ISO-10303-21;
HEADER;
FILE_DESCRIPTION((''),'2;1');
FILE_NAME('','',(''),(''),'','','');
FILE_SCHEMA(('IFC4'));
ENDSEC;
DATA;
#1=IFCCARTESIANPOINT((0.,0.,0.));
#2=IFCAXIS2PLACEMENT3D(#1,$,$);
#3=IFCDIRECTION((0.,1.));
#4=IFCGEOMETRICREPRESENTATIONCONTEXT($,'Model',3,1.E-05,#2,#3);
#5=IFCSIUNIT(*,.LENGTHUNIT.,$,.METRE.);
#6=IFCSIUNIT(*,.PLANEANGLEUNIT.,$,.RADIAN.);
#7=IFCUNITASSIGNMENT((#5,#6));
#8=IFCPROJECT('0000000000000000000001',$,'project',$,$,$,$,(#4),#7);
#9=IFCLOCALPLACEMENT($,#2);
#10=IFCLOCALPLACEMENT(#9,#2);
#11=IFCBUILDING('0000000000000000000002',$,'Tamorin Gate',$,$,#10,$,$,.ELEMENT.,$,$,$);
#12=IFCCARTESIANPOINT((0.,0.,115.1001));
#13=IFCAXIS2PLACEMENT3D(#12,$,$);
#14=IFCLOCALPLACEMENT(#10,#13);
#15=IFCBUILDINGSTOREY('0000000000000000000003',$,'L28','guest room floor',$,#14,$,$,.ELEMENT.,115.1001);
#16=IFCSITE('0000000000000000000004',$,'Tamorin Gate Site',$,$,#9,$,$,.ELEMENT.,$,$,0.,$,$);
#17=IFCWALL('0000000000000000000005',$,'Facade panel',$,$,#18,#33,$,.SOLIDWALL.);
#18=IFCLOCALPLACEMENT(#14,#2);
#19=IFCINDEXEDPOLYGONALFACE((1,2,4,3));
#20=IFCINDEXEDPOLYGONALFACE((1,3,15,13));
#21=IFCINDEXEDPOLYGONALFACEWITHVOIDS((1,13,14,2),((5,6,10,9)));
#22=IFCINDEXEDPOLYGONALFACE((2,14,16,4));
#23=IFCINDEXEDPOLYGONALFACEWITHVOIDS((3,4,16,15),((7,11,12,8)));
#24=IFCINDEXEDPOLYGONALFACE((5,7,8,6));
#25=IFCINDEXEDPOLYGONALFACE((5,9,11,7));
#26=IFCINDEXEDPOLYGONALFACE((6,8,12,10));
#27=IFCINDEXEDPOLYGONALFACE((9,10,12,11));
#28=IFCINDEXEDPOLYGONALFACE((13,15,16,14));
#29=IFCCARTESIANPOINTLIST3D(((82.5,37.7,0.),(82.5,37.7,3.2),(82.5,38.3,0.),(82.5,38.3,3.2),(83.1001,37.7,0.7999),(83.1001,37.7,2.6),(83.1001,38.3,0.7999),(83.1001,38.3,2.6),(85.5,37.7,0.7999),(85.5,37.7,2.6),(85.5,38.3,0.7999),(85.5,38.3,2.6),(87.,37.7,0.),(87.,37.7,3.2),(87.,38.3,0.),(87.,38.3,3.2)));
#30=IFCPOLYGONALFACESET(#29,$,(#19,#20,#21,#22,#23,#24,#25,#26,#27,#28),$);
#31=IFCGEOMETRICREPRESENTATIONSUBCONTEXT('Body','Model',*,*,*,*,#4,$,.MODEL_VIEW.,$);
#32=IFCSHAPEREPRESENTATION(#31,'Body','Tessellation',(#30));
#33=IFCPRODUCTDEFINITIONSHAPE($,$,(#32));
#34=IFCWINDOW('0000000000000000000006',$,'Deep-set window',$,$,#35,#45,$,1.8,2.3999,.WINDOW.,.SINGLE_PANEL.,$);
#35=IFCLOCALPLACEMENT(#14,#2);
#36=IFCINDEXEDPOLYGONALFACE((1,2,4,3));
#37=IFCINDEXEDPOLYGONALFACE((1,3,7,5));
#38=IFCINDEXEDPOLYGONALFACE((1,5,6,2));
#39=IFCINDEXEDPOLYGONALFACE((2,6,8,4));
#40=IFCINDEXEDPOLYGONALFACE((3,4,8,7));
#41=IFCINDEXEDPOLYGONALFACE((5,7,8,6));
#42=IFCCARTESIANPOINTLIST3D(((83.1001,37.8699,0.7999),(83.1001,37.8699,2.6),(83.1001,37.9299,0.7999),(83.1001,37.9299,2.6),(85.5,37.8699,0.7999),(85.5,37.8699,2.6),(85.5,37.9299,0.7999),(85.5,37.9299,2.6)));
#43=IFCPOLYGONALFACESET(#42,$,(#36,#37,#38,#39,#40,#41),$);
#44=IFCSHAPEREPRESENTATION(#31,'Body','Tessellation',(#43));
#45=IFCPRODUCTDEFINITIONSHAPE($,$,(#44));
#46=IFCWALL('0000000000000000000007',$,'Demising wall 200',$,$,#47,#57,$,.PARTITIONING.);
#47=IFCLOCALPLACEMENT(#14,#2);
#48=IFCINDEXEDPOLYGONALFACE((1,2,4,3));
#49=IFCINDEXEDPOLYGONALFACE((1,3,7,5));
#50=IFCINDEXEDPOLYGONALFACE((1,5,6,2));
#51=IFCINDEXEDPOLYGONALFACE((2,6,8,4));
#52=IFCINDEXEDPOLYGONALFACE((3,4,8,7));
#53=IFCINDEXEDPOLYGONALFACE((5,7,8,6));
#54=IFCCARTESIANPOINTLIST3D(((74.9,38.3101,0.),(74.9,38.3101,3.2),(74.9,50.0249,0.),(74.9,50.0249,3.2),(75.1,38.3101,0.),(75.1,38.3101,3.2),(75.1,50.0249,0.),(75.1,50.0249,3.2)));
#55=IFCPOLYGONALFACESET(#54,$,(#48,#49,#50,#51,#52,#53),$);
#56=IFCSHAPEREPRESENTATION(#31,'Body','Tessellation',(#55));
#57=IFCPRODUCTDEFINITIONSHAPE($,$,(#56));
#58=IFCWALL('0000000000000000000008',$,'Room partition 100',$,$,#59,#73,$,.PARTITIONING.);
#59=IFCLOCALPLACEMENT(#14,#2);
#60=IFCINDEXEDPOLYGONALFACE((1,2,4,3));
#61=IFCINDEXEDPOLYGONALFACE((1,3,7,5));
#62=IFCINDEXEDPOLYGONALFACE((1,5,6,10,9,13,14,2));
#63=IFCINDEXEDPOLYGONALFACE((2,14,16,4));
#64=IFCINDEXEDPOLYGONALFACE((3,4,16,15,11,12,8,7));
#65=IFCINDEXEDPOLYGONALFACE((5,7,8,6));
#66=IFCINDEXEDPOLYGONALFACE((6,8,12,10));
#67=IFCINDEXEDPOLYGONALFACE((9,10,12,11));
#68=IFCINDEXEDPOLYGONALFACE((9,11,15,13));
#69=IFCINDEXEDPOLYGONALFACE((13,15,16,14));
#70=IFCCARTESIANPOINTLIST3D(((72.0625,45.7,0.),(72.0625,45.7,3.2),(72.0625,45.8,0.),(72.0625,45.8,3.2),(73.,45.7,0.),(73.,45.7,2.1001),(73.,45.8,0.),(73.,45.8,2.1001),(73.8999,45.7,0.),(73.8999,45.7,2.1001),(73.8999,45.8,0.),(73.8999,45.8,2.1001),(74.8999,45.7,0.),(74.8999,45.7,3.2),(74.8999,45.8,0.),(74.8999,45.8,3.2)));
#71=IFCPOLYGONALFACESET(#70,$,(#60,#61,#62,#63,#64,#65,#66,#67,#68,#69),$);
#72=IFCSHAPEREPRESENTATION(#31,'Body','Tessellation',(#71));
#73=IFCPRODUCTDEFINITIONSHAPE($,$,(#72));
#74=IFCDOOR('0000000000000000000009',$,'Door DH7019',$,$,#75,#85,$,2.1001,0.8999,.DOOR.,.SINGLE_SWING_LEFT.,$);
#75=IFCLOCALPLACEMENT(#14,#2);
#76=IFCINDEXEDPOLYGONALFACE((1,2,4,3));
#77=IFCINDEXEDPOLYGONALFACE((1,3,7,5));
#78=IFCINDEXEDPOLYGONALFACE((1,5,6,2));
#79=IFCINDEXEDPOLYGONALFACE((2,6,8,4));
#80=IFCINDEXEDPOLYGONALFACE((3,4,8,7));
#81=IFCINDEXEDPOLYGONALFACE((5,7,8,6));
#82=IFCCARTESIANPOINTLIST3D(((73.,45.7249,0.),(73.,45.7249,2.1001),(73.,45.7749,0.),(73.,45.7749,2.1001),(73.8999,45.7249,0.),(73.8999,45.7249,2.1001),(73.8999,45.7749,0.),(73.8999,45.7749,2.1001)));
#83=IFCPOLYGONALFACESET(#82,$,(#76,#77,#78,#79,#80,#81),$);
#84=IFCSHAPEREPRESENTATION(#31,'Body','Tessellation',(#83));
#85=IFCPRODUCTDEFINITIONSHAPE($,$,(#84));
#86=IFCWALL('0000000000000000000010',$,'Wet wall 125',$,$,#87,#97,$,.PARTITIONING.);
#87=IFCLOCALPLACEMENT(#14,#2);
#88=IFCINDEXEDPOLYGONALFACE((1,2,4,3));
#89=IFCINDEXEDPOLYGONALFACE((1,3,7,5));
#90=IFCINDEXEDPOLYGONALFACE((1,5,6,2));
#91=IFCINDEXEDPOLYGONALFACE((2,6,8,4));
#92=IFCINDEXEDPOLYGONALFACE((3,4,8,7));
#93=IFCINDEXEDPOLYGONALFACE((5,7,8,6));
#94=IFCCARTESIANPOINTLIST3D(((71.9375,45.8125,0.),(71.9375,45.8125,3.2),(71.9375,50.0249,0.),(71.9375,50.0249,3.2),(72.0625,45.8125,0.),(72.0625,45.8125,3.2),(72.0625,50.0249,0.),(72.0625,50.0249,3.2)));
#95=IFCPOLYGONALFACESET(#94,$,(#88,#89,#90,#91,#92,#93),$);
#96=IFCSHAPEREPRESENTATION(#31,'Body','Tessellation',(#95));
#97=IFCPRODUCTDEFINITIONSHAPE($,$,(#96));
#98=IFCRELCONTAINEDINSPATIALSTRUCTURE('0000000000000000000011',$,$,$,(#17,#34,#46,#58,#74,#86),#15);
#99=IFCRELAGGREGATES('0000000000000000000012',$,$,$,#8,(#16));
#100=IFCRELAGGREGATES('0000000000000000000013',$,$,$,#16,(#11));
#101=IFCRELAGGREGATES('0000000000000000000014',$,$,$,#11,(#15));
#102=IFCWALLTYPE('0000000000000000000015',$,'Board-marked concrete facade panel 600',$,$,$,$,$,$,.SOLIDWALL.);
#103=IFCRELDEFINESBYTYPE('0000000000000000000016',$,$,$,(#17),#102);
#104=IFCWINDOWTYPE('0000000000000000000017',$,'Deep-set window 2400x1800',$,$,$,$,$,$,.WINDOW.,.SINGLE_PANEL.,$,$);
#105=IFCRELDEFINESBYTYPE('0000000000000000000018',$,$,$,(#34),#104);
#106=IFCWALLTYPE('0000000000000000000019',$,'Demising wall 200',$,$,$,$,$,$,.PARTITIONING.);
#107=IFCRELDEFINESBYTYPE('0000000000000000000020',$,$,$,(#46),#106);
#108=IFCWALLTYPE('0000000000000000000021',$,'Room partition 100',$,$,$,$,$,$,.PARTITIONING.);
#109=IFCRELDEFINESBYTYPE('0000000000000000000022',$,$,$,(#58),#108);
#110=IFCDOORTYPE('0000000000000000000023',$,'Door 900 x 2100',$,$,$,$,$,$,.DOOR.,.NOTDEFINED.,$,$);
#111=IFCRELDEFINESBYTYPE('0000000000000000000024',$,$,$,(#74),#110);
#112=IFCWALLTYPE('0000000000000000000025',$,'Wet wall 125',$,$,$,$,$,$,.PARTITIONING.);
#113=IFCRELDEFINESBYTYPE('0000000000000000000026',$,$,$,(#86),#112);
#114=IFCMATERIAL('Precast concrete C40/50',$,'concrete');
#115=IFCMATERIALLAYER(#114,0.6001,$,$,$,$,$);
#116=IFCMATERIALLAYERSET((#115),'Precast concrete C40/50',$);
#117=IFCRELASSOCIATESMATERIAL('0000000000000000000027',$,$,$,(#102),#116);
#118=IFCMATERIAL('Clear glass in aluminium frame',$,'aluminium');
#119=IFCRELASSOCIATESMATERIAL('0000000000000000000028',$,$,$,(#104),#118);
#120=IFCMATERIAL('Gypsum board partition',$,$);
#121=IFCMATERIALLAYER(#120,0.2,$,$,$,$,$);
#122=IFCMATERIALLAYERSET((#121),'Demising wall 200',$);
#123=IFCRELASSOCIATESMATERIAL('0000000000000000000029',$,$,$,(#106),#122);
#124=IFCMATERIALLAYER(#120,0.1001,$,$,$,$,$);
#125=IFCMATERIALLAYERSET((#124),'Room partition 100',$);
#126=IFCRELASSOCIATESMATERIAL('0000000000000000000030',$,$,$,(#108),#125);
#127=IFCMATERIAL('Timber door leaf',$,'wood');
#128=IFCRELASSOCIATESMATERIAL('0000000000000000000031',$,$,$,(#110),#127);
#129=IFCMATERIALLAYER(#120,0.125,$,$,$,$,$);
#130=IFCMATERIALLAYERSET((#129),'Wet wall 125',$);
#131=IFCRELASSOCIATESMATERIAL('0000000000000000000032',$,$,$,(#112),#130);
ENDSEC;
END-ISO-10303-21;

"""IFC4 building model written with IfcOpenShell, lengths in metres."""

from ifc_helpers import new_model, si_unit, direction, frame, frame_2d, origin, place, context, subcontext, project, spatial, rectangle, extrude, material, layer, layer_set, type_object, element, fill, save


model = new_model("IFC4")

# Units and contexts
model_context = context("Model", 3, precision=1e-05, world=origin(), true_north=direction((0.0, 1.0)))
body_context = subcontext(model_context, "Body", "Model", "MODEL_VIEW")
ifc_project = project(units=[si_unit("LENGTHUNIT", "METRE"), si_unit("PLANEANGLEUNIT", "RADIAN")], contexts=[model_context])

# Site, building, storey
site_placement = place(None, origin())
site = spatial("IfcSite", under=ifc_project, at=site_placement, Name="Tamorin Gate Site", CompositionType="ELEMENT", RefElevation=0.0)
building_placement = place(site_placement, origin())
building = spatial("IfcBuilding", under=site, at=building_placement, Name="Tamorin Gate", CompositionType="ELEMENT")
storey_placement = place(building_placement, frame((0.0, 0.0, 115.1001)))
storey = spatial("IfcBuildingStorey", under=building, at=storey_placement, Name="L28", Description="guest room floor", CompositionType="ELEMENT", Elevation=115.1001)

# Shared definitions
ifc_material_1 = material(Name="Precast concrete C40/50", Category="concrete")
ifc_layer_1 = layer(ifc_material_1, 0.6001)
ifc_layer_set_1 = layer_set([ifc_layer_1], Name="Precast concrete C40/50")
wall_type_1 = type_object("IfcWallType", Name="Board-marked concrete facade panel 600", PredefinedType="SOLIDWALL", material=ifc_layer_set_1)
ifc_material_2 = material(Name="Clear glass in aluminium frame", Category="aluminium")
window_type = type_object("IfcWindowType", Name="Deep-set window 2400x1800", PartitioningType="SINGLE_PANEL", PredefinedType="WINDOW", material=ifc_material_2)

# Wall, opening, window
wall_1_placement = place(storey_placement, frame((82.5, 38.0, 0.0), z_axis=(0.0, 0.0, 1.0), x_axis=(1.0, 0.0, 0.0)))
wall_1 = element("IfcWall", 1, at=wall_1_placement, inside=storey, type_object=wall_type_1, Name="Facade panel", PredefinedType="SOLIDWALL", context=body_context, shape_type="SweptSolid", body=[
    extrude(rectangle(XDim=4.5, YDim=0.6001, at=frame_2d((2.25, 0.0))), origin(), (0.0, 0.0, 1.0), 3.2),
])
opening_1_placement = place(wall_1_placement, frame((0.6001, 0.0, 0.8)))
opening_1 = element("IfcOpeningElement", 2, at=opening_1_placement, cuts=wall_1, PredefinedType="OPENING", context=body_context, shape_type="SweptSolid", body=[
    extrude(rectangle(XDim=2.3999, YDim=1.8, at=frame_2d((1.2, 0.8999))), frame((0.0, 0.3101, 0.0), z_axis=(0.0, -1.0, 0.0), x_axis=(1.0, 0.0, 0.0)), (0.0, 0.0, 1.0), 0.6201),
])
window_1_placement = place(opening_1_placement, origin())
window_1 = element("IfcWindow", 3, at=window_1_placement, inside=storey, type_object=window_type, Name="Deep-set window", OverallHeight=1.8, OverallWidth=2.3999, PartitioningType="SINGLE_PANEL", PredefinedType="WINDOW", context=body_context, shape_type="SweptSolid", body=[
    extrude(rectangle(XDim=2.3999, YDim=1.8, at=frame_2d((1.2, 0.8999))), frame((0.0, -0.0701, 0.0), z_axis=(0.0, -1.0, 0.0), x_axis=(1.0, 0.0, 0.0)), (0.0, 0.0, 1.0), 0.0601),
])
fill(opening_1, window_1)

# Wall
ifc_material_3 = material(Name="Gypsum board partition")
ifc_layer_2 = layer(ifc_material_3, 0.2)
ifc_layer_set_2 = layer_set([ifc_layer_2], Name="Demising wall 200")
wall_type_2 = type_object("IfcWallType", Name="Demising wall 200", PredefinedType="PARTITIONING", material=ifc_layer_set_2)
wall_2_placement = place(storey_placement, frame((75.0, 38.3101, 0.0), z_axis=(0.0, 0.0, 1.0), x_axis=(0.0, 1.0, 0.0)))
element("IfcWall", 4, at=wall_2_placement, inside=storey, type_object=wall_type_2, Name="Demising wall 200", PredefinedType="PARTITIONING", context=body_context, shape_type="SweptSolid", body=[
    extrude(rectangle(XDim=11.7148, YDim=0.2, at=frame_2d((5.8574, 0.0))), origin(), (0.0, 0.0, 1.0), 3.2),
])

# Wall, opening, door
ifc_layer_3 = layer(ifc_material_3, 0.1001)
ifc_layer_set_3 = layer_set([ifc_layer_3], Name="Room partition 100")
wall_type_3 = type_object("IfcWallType", Name="Room partition 100", PredefinedType="PARTITIONING", material=ifc_layer_set_3)
wall_3_placement = place(storey_placement, frame((72.0625, 45.75, 0.0), z_axis=(0.0, 0.0, 1.0), x_axis=(1.0, 0.0, 0.0)))
wall_3 = element("IfcWall", 5, at=wall_3_placement, inside=storey, type_object=wall_type_3, Name="Room partition 100", PredefinedType="PARTITIONING", context=body_context, shape_type="SweptSolid", body=[
    extrude(rectangle(XDim=2.8374, YDim=0.1001, at=frame_2d((1.4187, 0.0))), origin(), (0.0, 0.0, 1.0), 3.2),
])
opening_2_placement = place(wall_3_placement, frame((0.9375, 0.0, 0.0)))
opening_2 = element("IfcOpeningElement", 6, at=opening_2_placement, cuts=wall_3, PredefinedType="OPENING", context=body_context, shape_type="SweptSolid", body=[
    extrude(rectangle(XDim=0.8999, YDim=2.1001, at=frame_2d((0.45, 1.05))), frame((0.0, 0.0601, 0.0), z_axis=(0.0, -1.0, 0.0), x_axis=(1.0, 0.0, 0.0)), (0.0, 0.0, 1.0), 0.1201),
])
ifc_material_4 = material(Name="Timber door leaf", Category="wood")
door_type = type_object("IfcDoorType", Name="Door 900 x 2100", OperationType="NOTDEFINED", PredefinedType="DOOR", material=ifc_material_4)
door_placement = place(opening_2_placement, origin())
door = element("IfcDoor", 7, at=door_placement, inside=storey, type_object=door_type, Name="Door DH7019", OperationType="SINGLE_SWING_LEFT", OverallHeight=2.1001, OverallWidth=0.8999, PredefinedType="DOOR", context=body_context, shape_type="SweptSolid", body=[
    extrude(rectangle(XDim=0.8999, YDim=2.1001, at=frame_2d((0.45, 1.05))), frame((0.0, 0.0249, 0.0), z_axis=(0.0, -1.0, 0.0), x_axis=(1.0, 0.0, 0.0)), (0.0, 0.0, 1.0), 0.05),
])
fill(opening_2, door)

# Wall
ifc_layer_4 = layer(ifc_material_3, 0.125)
ifc_layer_set_4 = layer_set([ifc_layer_4], Name="Wet wall 125")
wall_type_4 = type_object("IfcWallType", Name="Wet wall 125", PredefinedType="PARTITIONING", material=ifc_layer_set_4)
wall_4_placement = place(storey_placement, frame((72.0, 45.8125, 0.0), z_axis=(0.0, 0.0, 1.0), x_axis=(0.0, 1.0, 0.0)))
element("IfcWall", 8, at=wall_4_placement, inside=storey, type_object=wall_type_4, Name="Wet wall 125", PredefinedType="PARTITIONING", context=body_context, shape_type="SweptSolid", body=[
    extrude(rectangle(XDim=4.2124, YDim=0.125, at=frame_2d((2.1062, 0.0))), origin(), (0.0, 0.0, 1.0), 3.2),
])

save(model, "model.ifc")
